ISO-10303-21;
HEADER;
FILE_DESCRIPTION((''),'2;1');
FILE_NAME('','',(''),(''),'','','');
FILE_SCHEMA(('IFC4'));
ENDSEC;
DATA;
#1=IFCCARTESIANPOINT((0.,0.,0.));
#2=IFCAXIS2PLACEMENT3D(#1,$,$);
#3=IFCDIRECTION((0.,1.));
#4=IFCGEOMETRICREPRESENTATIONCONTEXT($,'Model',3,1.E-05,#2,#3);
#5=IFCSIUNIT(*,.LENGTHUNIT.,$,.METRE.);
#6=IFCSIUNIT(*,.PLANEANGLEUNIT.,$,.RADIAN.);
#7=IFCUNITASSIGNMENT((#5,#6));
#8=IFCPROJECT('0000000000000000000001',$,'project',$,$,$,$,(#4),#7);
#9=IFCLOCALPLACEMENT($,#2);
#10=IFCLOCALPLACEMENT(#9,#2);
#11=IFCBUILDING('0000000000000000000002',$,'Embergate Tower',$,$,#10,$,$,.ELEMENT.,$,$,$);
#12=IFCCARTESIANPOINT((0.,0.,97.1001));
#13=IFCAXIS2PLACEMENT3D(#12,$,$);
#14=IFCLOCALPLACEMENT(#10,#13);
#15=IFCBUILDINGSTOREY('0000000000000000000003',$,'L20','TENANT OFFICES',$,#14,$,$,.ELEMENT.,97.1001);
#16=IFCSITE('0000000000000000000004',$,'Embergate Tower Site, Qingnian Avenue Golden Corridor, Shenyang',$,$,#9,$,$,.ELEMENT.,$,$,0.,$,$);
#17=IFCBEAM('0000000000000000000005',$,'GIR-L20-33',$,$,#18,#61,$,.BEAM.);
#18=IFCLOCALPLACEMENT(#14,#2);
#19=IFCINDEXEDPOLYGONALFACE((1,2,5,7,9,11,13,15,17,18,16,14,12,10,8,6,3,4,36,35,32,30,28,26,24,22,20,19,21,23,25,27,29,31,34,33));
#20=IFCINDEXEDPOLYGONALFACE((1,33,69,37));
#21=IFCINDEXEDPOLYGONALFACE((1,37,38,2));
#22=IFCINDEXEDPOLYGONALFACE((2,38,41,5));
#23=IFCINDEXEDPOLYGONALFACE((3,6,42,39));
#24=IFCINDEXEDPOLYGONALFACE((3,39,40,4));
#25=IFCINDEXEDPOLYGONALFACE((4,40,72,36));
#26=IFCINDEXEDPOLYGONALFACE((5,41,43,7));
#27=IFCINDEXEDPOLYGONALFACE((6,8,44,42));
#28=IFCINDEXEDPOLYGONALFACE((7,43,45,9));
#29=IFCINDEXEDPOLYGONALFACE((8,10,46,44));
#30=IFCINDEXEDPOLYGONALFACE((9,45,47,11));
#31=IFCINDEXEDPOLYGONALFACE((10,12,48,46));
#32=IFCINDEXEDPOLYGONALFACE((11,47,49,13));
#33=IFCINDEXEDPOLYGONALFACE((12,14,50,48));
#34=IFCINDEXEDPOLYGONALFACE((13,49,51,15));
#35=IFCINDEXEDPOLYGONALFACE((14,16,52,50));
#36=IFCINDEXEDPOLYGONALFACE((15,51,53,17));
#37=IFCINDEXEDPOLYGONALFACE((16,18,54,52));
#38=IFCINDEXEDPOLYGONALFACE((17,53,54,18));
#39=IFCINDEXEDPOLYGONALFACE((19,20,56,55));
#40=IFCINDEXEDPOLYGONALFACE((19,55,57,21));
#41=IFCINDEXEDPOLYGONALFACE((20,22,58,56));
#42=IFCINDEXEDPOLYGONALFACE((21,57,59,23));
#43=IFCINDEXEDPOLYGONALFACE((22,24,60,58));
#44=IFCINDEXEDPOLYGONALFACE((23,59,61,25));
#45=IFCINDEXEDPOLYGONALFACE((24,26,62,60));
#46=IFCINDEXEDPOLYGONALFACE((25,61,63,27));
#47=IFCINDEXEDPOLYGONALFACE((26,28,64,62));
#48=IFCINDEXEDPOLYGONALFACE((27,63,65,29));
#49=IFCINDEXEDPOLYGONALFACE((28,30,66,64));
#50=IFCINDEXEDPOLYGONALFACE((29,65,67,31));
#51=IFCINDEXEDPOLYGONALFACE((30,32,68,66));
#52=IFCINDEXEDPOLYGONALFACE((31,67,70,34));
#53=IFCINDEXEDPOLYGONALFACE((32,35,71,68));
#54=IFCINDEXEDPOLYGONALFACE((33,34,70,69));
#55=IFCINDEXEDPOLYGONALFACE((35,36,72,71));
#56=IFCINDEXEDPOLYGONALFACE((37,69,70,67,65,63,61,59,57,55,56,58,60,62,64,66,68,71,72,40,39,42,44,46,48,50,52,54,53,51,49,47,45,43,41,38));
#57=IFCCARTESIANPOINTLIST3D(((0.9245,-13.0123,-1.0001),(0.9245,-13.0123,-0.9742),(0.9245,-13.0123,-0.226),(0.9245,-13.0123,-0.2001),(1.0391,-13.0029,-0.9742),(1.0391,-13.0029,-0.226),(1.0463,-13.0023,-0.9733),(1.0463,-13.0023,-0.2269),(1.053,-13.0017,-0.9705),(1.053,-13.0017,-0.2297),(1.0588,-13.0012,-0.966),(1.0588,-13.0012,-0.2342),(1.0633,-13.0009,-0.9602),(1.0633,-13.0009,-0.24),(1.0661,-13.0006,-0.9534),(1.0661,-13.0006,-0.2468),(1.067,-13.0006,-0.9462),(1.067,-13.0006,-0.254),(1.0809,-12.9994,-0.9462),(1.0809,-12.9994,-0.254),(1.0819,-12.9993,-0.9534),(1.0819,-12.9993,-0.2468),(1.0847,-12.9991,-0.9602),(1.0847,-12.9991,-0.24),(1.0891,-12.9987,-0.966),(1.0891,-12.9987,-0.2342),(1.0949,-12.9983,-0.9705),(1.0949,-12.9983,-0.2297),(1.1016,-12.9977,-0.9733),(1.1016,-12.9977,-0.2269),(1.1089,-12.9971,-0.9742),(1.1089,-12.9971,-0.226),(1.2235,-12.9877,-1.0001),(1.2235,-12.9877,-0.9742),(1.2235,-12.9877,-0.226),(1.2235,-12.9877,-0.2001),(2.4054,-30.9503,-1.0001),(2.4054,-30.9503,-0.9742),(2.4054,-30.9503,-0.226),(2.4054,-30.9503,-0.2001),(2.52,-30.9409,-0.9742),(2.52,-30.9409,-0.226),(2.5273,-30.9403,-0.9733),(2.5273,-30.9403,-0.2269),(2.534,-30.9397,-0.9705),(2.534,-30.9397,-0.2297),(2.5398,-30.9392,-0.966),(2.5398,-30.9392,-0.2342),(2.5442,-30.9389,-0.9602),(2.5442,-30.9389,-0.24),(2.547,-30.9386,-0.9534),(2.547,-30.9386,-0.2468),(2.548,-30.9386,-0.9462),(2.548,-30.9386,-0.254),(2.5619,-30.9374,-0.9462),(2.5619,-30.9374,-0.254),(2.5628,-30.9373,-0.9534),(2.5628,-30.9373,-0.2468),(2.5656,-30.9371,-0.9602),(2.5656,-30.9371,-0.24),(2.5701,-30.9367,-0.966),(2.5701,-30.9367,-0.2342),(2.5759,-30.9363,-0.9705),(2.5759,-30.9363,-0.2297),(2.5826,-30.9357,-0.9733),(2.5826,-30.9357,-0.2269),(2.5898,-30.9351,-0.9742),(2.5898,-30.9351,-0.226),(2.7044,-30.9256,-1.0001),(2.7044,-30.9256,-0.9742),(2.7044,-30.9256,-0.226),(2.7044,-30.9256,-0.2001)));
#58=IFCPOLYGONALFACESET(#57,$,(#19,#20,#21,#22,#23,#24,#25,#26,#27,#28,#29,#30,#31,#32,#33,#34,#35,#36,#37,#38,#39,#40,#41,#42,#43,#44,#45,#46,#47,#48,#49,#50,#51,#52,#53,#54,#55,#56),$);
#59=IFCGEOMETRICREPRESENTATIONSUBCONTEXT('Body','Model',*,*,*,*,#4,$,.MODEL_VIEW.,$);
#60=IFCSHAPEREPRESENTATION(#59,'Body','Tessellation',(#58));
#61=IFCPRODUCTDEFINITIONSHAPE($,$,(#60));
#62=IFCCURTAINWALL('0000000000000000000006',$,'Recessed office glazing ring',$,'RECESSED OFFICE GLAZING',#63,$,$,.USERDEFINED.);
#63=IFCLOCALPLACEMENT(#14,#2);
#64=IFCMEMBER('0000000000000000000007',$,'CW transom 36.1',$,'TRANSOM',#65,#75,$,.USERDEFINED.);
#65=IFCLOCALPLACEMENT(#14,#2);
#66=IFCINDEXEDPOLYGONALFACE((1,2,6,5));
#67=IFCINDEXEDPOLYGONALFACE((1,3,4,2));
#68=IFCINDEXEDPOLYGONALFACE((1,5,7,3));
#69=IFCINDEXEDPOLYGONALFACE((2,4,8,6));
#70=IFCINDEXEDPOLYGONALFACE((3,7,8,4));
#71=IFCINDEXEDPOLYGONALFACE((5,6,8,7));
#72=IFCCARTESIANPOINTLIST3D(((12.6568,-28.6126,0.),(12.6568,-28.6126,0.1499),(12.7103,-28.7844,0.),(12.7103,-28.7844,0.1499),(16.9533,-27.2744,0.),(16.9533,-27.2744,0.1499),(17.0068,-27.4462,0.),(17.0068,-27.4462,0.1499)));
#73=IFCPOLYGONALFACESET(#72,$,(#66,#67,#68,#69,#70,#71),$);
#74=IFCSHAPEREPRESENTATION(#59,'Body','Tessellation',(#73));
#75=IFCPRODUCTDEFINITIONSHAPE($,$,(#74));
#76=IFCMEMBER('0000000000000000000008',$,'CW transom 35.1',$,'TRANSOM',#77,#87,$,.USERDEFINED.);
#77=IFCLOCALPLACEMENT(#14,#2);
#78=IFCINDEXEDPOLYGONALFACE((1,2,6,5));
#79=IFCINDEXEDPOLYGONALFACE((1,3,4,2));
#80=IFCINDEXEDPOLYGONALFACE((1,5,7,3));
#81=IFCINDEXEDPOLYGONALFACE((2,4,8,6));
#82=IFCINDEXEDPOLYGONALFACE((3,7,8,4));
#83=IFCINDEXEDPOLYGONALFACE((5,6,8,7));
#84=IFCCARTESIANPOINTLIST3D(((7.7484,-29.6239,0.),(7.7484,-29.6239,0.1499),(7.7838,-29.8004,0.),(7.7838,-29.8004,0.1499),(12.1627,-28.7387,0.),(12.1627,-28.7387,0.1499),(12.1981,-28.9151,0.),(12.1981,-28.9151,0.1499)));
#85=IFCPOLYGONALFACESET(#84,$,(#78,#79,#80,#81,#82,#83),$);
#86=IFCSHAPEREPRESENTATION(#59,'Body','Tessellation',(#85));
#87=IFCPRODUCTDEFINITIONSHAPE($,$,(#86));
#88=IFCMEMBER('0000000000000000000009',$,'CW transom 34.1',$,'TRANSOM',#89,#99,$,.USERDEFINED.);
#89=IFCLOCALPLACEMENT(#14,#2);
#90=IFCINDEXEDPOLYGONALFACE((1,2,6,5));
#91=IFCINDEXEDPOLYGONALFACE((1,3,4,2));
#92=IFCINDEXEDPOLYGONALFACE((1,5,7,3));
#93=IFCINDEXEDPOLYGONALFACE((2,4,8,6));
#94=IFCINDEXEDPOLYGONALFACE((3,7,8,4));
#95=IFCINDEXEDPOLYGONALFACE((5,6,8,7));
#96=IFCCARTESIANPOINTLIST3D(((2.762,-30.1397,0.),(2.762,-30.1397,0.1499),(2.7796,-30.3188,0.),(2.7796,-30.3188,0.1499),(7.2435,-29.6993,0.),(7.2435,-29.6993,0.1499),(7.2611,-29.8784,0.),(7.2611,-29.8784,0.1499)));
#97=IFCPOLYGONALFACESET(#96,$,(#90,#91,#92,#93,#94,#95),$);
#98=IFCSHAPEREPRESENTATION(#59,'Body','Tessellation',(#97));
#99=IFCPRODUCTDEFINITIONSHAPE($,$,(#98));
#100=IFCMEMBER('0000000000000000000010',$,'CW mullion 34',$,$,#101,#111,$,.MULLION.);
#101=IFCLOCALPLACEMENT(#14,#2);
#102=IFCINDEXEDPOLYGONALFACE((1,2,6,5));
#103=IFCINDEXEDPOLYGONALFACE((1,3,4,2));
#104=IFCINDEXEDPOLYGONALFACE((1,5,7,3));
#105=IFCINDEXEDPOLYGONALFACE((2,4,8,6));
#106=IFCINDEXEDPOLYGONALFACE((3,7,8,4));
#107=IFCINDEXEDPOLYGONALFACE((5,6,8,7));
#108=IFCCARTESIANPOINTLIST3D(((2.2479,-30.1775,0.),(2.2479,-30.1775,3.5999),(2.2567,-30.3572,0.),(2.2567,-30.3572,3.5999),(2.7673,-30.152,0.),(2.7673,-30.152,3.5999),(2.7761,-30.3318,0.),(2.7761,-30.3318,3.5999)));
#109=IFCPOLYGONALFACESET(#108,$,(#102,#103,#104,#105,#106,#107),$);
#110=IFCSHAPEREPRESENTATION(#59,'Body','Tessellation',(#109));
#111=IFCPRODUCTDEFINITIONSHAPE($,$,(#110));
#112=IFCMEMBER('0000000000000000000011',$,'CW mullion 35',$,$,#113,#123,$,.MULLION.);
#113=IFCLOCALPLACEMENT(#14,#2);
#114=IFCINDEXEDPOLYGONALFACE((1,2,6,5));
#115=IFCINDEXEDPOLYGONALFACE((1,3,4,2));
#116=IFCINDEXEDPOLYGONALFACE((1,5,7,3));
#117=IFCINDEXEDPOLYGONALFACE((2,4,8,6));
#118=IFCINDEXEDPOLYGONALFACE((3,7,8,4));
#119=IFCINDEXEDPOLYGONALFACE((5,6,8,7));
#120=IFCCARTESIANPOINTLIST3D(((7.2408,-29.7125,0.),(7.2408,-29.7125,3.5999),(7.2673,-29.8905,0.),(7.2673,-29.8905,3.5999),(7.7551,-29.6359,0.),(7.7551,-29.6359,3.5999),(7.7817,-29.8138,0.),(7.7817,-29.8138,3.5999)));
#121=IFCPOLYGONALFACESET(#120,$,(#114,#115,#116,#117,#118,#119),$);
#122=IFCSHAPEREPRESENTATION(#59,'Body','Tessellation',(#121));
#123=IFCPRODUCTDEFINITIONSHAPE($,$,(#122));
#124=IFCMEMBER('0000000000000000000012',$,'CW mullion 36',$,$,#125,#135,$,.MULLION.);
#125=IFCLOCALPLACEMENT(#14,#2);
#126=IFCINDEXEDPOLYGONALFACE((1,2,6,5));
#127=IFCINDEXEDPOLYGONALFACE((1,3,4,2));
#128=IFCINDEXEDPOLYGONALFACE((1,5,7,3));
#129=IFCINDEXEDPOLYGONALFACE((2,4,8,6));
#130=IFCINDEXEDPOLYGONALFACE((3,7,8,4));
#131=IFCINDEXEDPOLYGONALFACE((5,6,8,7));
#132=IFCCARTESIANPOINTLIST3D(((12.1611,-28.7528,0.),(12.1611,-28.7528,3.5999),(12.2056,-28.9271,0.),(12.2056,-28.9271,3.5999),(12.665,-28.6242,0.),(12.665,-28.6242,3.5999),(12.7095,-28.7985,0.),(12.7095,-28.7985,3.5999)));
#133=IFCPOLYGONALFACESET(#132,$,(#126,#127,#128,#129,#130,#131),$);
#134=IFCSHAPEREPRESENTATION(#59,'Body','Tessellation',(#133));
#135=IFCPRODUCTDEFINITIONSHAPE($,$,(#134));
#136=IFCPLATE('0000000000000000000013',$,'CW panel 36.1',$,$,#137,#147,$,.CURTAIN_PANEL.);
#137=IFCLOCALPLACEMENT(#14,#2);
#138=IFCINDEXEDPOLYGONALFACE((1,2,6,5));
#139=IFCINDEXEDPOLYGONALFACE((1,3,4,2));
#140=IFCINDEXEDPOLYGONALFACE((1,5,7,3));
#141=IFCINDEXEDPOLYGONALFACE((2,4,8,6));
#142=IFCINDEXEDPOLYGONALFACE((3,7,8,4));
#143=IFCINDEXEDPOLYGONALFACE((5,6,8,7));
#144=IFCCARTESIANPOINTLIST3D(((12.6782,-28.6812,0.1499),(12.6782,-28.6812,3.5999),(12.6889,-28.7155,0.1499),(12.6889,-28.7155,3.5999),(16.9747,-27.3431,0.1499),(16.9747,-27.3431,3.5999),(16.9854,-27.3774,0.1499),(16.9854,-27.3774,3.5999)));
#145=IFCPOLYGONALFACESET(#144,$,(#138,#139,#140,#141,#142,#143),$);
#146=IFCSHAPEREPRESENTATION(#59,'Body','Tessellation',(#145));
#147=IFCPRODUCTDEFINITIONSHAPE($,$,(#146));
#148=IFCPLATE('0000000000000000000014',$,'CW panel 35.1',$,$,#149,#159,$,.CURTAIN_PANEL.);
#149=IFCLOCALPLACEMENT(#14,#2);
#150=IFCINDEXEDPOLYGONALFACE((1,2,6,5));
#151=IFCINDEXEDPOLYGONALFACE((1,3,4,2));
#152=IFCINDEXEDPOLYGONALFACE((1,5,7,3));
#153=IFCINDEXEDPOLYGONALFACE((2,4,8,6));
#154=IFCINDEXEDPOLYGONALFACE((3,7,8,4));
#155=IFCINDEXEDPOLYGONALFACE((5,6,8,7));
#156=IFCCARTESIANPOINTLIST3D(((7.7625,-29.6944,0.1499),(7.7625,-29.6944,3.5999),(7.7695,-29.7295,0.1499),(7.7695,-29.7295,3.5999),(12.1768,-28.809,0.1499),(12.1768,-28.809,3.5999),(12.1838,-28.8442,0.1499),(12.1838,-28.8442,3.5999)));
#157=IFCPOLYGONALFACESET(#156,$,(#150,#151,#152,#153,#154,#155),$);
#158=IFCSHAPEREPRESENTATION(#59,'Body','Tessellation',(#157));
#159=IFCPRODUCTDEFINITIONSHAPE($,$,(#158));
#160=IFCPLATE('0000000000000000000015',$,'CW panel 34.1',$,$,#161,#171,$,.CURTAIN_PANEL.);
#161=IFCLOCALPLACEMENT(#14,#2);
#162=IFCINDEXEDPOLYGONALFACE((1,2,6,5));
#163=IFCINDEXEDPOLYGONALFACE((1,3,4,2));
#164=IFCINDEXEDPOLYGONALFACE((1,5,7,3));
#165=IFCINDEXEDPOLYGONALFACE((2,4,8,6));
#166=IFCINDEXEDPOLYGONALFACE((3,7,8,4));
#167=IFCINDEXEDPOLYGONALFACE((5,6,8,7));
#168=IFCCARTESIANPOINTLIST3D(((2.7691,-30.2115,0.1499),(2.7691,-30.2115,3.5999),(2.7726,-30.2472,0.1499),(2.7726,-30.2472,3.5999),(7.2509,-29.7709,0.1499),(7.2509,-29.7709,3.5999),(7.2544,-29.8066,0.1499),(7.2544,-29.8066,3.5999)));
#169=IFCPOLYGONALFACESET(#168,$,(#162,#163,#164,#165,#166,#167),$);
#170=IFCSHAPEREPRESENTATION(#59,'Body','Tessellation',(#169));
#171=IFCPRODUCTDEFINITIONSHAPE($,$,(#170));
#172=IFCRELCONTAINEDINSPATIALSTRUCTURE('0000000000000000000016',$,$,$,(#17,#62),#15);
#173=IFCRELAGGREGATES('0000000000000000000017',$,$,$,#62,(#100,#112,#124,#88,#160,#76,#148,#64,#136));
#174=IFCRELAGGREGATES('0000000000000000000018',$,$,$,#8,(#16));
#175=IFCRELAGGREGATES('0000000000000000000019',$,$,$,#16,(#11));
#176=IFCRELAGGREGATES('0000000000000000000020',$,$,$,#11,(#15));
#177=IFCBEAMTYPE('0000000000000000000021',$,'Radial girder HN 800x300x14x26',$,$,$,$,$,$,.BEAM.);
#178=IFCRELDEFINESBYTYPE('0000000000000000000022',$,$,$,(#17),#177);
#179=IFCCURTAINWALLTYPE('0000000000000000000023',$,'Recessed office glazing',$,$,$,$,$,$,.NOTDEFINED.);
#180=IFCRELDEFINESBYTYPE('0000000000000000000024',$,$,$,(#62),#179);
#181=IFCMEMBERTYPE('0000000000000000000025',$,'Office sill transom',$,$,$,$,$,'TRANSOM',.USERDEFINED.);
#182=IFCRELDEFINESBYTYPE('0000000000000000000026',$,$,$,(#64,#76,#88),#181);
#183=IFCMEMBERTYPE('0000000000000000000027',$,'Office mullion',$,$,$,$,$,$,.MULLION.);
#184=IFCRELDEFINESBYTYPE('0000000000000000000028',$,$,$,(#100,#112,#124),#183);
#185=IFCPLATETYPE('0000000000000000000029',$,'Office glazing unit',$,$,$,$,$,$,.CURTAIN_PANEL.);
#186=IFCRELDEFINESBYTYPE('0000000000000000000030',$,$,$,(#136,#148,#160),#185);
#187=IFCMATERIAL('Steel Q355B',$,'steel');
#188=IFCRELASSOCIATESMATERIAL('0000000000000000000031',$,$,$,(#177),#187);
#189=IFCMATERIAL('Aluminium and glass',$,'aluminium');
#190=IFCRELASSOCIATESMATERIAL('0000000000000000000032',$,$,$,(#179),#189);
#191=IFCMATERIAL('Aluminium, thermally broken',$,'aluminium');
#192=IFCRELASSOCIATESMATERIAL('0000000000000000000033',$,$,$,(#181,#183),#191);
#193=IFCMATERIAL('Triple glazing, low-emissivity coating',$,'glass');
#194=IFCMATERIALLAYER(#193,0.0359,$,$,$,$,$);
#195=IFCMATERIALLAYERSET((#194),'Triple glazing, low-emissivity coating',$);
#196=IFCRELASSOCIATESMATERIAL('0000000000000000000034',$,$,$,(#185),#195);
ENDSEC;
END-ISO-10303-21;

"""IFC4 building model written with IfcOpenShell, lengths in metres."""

from ifc_helpers import new_model, si_unit, direction, frame, origin, origin_2d, place, context, subcontext, project, spatial, rectangle, i_section, extrude, source, transform, mapped, material, layer, layer_set, material_profile, profile_set, type_object, element, aggregate, save


model = new_model("IFC4")

# Units and contexts
model_context = context("Model", 3, precision=1e-05, world=origin(), true_north=direction((0.0, 1.0)))
body_context = subcontext(model_context, "Body", "Model", "MODEL_VIEW")
ifc_project = project(units=[si_unit("LENGTHUNIT", "METRE"), si_unit("PLANEANGLEUNIT", "RADIAN")], contexts=[model_context])

# Site, building, storey
site_placement = place(None, origin())
site = spatial("IfcSite", under=ifc_project, at=site_placement, Name="Embergate Tower Site, Qingnian Avenue Golden Corridor, Shenyang", CompositionType="ELEMENT", RefElevation=0.0)
building_placement = place(site_placement, origin())
building = spatial("IfcBuilding", under=site, at=building_placement, Name="Embergate Tower", CompositionType="ELEMENT")
storey_placement = place(building_placement, frame((0.0, 0.0, 97.1001)))
storey = spatial("IfcBuildingStorey", under=building, at=storey_placement, Name="L20", Description="TENANT OFFICES", CompositionType="ELEMENT", Elevation=97.1001)

# Beam
ifc_material_1 = material(Name="Steel Q355B", Category="steel")
ifc_material_profile_1 = material_profile(ifc_material_1, i_section(OverallWidth=0.3, OverallDepth=0.8, WebThickness=0.0139, FlangeThickness=0.0259, FilletRadius=0.0281, at=origin_2d()), Name="HN 800x300x14x26")
ifc_profile_set_1 = profile_set([ifc_material_profile_1], Name="Steel Q355 grade B")
beam_type_1 = type_object("IfcBeamType", Name="Radial girder HN 800x300x14x26", PredefinedType="BEAM", material=ifc_profile_set_1)
shared_shape_1 = source(origin(), body_context, "Body", "SweptSolid", [
    extrude(i_section(OverallWidth=0.3, OverallDepth=0.8, WebThickness=0.0139, FlangeThickness=0.0259, FilletRadius=0.0281, at=origin_2d()), origin(), (0.0, 0.0, 1.0), 17.999),
])
beam_1_placement = place(storey_placement, frame((2.5549, -30.938, -0.6001), z_axis=(-0.08228, 0.996609, 0.0), x_axis=(-0.996609, -0.08228, 0.0)))
element("IfcBeam", 1, at=beam_1_placement, inside=storey, type_object=beam_type_1, Name="GIR-L20-33", PredefinedType="BEAM", context=body_context, shape_type="MappedRepresentation", body=[
    mapped(shared_shape_1, transform((0.0, 0.0, 0.0))),
])

# Curtain wall, members
ifc_material_2 = material(Name="Aluminium and glass", Category="aluminium")
curtain_wall_type = type_object("IfcCurtainWallType", Name="Recessed office glazing", PredefinedType="NOTDEFINED", material=ifc_material_2)
curtain_wall_placement = place(storey_placement, origin())
curtain_wall = element("IfcCurtainWall", 2, at=curtain_wall_placement, inside=storey, type_object=curtain_wall_type, Name="Recessed office glazing ring", ObjectType="RECESSED OFFICE GLAZING", PredefinedType="USERDEFINED")
ifc_material_3 = material(Name="Aluminium, thermally broken", Category="aluminium")
ifc_material_profile_2 = material_profile(ifc_material_3, rectangle(XDim=0.1799, YDim=0.1499, at=origin_2d()), Name="AL 150x180")
ifc_profile_set_2 = profile_set([ifc_material_profile_2], Name="Aluminium, thermally broken")
member_type_1 = type_object("IfcMemberType", Name="Office sill transom", ElementType="TRANSOM", PredefinedType="USERDEFINED", material=ifc_profile_set_2)
shared_shape_2 = source(origin(), body_context, "Body", "SweptSolid", [
    extrude(rectangle(XDim=0.1799, YDim=0.1499, at=origin_2d()), origin(), (0.0, 0.0, 1.0), 4.5),
])
member_1_placement = place(storey_placement, frame((12.6836, -28.6985, 0.075), z_axis=(0.954763, 0.297367, 0.0), x_axis=(-0.297367, 0.954763, 0.0)))
member_1 = element("IfcMember", 3, at=member_1_placement, type_object=member_type_1, Name="CW transom 36.1", ObjectType="TRANSOM", PredefinedType="USERDEFINED", context=body_context, shape_type="MappedRepresentation", body=[
    mapped(shared_shape_2, transform((0.0, 0.0, 0.0))),
])
shared_shape_3 = source(origin(), body_context, "Body", "SweptSolid", [
    extrude(rectangle(XDim=0.1799, YDim=0.1499, at=origin_2d()), origin(), (0.0, 0.0, 1.0), 4.5022),
])
member_2_placement = place(storey_placement, frame((7.7661, -29.7122, 0.075), z_axis=(0.980478, 0.196627, 0.0), x_axis=(-0.196627, 0.980478, 0.0)))
member_2 = element("IfcMember", 4, at=member_2_placement, type_object=member_type_1, Name="CW transom 35.1", ObjectType="TRANSOM", PredefinedType="USERDEFINED", context=body_context, shape_type="MappedRepresentation", body=[
    mapped(shared_shape_3, transform((0.0, 0.0, 0.0))),
])
shared_shape_4 = source(origin(), body_context, "Body", "SweptSolid", [
    extrude(rectangle(XDim=0.1799, YDim=0.1499, at=origin_2d()), origin(), (0.0, 0.0, 1.0), 4.5032),
])
member_3_placement = place(storey_placement, frame((2.7708, -30.2292, 0.075), z_axis=(0.995206, 0.097802, 0.0), x_axis=(-0.097802, 0.995206, 0.0)))
member_3 = element("IfcMember", 5, at=member_3_placement, type_object=member_type_1, Name="CW transom 34.1", ObjectType="TRANSOM", PredefinedType="USERDEFINED", context=body_context, shape_type="MappedRepresentation", body=[
    mapped(shared_shape_4, transform((0.0, 0.0, 0.0))),
])
ifc_material_profile_3 = material_profile(ifc_material_3, rectangle(XDim=0.1799, YDim=0.52, at=origin_2d()), Name="AL 520x180")
ifc_profile_set_3 = profile_set([ifc_material_profile_3], Name="Aluminium, thermally broken")
member_type_2 = type_object("IfcMemberType", Name="Office mullion", PredefinedType="MULLION", material=ifc_profile_set_3)
shared_shape_5 = source(origin(), body_context, "Body", "SweptSolid", [
    extrude(rectangle(XDim=0.1799, YDim=0.52, at=origin_2d()), origin(), (0.0, 0.0, 1.0), 3.5999),
])
member_4_placement = place(storey_placement, frame((2.512, -30.2546, 0.0), z_axis=(0.0, 0.0, 1.0), x_axis=(-0.048972, 0.9988, 0.0)))
member_4 = element("IfcMember", 6, at=member_4_placement, type_object=member_type_2, Name="CW mullion 34", PredefinedType="MULLION", context=body_context, shape_type="MappedRepresentation", body=[
    mapped(shared_shape_5, transform((0.0, 0.0, 0.0))),
])
member_5_placement = place(storey_placement, frame((7.5112, -29.7632, 0.0), z_axis=(0.0, 0.0, 1.0), x_axis=(-0.147416, 0.989075, 0.0)))
member_5 = element("IfcMember", 7, at=member_5_placement, type_object=member_type_2, Name="CW mullion 35", PredefinedType="MULLION", context=body_context, shape_type="MappedRepresentation", body=[
    mapped(shared_shape_5, transform((0.0, 0.0, 0.0))),
])
member_6_placement = place(storey_placement, frame((12.4353, -28.7756, 0.0), z_axis=(0.0, 0.0, 1.0), x_axis=(-0.247319, 0.968934, 0.0)))
member_6 = element("IfcMember", 8, at=member_6_placement, type_object=member_type_2, Name="CW mullion 36", PredefinedType="MULLION", context=body_context, shape_type="MappedRepresentation", body=[
    mapped(shared_shape_5, transform((0.0, 0.0, 0.0))),
])

# Plates
ifc_material_4 = material(Name="Triple glazing, low-emissivity coating", Category="glass")
ifc_layer_1 = layer(ifc_material_4, 0.0359)
ifc_layer_set_1 = layer_set([ifc_layer_1], Name="Triple glazing, low-emissivity coating")
plate_type = type_object("IfcPlateType", Name="Office glazing unit", PredefinedType="CURTAIN_PANEL", material=ifc_layer_set_1)
shared_shape_6 = source(origin(), body_context, "Body", "SweptSolid", [
    extrude(rectangle(XDim=4.5, YDim=0.0359, at=origin_2d()), origin(), (0.0, 0.0, 1.0), 3.45),
])
plate_1_placement = place(storey_placement, frame((14.8318, -28.0293, 0.1499), z_axis=(0.0, 0.0, 1.0), x_axis=(0.95477, 0.297345, 0.0)))
plate_1 = element("IfcPlate", 9, at=plate_1_placement, type_object=plate_type, Name="CW panel 36.1", PredefinedType="CURTAIN_PANEL", context=body_context, shape_type="MappedRepresentation", body=[
    mapped(shared_shape_6, transform((0.0, 0.0, 0.0))),
])
shared_shape_7 = source(origin(), body_context, "Body", "SweptSolid", [
    extrude(rectangle(XDim=4.5022, YDim=0.0359, at=origin_2d()), origin(), (0.0, 0.0, 1.0), 3.45),
])
plate_2_placement = place(storey_placement, frame((9.9731, -29.2693, 0.1499), z_axis=(0.0, 0.0, 1.0), x_axis=(0.980475, 0.196644, 0.0)))
plate_2 = element("IfcPlate", 10, at=plate_2_placement, type_object=plate_type, Name="CW panel 35.1", PredefinedType="CURTAIN_PANEL", context=body_context, shape_type="MappedRepresentation", body=[
    mapped(shared_shape_7, transform((0.0, 0.0, 0.0))),
])
shared_shape_8 = source(origin(), body_context, "Body", "SweptSolid", [
    extrude(rectangle(XDim=4.5034, YDim=0.0359, at=origin_2d()), origin(), (0.0, 0.0, 1.0), 3.45),
])
plate_3_placement = place(storey_placement, frame((5.0117, -30.009, 0.1499), z_axis=(0.0, 0.0, 1.0), x_axis=(0.995203, 0.097831, 0.0)))
plate_3 = element("IfcPlate", 11, at=plate_3_placement, type_object=plate_type, Name="CW panel 34.1", PredefinedType="CURTAIN_PANEL", context=body_context, shape_type="MappedRepresentation", body=[
    mapped(shared_shape_8, transform((0.0, 0.0, 0.0))),
])
aggregate(curtain_wall, [member_4, member_5, member_6, member_3, plate_3, member_2, plate_2, member_1, plate_1])

save(model, "model.ifc")
